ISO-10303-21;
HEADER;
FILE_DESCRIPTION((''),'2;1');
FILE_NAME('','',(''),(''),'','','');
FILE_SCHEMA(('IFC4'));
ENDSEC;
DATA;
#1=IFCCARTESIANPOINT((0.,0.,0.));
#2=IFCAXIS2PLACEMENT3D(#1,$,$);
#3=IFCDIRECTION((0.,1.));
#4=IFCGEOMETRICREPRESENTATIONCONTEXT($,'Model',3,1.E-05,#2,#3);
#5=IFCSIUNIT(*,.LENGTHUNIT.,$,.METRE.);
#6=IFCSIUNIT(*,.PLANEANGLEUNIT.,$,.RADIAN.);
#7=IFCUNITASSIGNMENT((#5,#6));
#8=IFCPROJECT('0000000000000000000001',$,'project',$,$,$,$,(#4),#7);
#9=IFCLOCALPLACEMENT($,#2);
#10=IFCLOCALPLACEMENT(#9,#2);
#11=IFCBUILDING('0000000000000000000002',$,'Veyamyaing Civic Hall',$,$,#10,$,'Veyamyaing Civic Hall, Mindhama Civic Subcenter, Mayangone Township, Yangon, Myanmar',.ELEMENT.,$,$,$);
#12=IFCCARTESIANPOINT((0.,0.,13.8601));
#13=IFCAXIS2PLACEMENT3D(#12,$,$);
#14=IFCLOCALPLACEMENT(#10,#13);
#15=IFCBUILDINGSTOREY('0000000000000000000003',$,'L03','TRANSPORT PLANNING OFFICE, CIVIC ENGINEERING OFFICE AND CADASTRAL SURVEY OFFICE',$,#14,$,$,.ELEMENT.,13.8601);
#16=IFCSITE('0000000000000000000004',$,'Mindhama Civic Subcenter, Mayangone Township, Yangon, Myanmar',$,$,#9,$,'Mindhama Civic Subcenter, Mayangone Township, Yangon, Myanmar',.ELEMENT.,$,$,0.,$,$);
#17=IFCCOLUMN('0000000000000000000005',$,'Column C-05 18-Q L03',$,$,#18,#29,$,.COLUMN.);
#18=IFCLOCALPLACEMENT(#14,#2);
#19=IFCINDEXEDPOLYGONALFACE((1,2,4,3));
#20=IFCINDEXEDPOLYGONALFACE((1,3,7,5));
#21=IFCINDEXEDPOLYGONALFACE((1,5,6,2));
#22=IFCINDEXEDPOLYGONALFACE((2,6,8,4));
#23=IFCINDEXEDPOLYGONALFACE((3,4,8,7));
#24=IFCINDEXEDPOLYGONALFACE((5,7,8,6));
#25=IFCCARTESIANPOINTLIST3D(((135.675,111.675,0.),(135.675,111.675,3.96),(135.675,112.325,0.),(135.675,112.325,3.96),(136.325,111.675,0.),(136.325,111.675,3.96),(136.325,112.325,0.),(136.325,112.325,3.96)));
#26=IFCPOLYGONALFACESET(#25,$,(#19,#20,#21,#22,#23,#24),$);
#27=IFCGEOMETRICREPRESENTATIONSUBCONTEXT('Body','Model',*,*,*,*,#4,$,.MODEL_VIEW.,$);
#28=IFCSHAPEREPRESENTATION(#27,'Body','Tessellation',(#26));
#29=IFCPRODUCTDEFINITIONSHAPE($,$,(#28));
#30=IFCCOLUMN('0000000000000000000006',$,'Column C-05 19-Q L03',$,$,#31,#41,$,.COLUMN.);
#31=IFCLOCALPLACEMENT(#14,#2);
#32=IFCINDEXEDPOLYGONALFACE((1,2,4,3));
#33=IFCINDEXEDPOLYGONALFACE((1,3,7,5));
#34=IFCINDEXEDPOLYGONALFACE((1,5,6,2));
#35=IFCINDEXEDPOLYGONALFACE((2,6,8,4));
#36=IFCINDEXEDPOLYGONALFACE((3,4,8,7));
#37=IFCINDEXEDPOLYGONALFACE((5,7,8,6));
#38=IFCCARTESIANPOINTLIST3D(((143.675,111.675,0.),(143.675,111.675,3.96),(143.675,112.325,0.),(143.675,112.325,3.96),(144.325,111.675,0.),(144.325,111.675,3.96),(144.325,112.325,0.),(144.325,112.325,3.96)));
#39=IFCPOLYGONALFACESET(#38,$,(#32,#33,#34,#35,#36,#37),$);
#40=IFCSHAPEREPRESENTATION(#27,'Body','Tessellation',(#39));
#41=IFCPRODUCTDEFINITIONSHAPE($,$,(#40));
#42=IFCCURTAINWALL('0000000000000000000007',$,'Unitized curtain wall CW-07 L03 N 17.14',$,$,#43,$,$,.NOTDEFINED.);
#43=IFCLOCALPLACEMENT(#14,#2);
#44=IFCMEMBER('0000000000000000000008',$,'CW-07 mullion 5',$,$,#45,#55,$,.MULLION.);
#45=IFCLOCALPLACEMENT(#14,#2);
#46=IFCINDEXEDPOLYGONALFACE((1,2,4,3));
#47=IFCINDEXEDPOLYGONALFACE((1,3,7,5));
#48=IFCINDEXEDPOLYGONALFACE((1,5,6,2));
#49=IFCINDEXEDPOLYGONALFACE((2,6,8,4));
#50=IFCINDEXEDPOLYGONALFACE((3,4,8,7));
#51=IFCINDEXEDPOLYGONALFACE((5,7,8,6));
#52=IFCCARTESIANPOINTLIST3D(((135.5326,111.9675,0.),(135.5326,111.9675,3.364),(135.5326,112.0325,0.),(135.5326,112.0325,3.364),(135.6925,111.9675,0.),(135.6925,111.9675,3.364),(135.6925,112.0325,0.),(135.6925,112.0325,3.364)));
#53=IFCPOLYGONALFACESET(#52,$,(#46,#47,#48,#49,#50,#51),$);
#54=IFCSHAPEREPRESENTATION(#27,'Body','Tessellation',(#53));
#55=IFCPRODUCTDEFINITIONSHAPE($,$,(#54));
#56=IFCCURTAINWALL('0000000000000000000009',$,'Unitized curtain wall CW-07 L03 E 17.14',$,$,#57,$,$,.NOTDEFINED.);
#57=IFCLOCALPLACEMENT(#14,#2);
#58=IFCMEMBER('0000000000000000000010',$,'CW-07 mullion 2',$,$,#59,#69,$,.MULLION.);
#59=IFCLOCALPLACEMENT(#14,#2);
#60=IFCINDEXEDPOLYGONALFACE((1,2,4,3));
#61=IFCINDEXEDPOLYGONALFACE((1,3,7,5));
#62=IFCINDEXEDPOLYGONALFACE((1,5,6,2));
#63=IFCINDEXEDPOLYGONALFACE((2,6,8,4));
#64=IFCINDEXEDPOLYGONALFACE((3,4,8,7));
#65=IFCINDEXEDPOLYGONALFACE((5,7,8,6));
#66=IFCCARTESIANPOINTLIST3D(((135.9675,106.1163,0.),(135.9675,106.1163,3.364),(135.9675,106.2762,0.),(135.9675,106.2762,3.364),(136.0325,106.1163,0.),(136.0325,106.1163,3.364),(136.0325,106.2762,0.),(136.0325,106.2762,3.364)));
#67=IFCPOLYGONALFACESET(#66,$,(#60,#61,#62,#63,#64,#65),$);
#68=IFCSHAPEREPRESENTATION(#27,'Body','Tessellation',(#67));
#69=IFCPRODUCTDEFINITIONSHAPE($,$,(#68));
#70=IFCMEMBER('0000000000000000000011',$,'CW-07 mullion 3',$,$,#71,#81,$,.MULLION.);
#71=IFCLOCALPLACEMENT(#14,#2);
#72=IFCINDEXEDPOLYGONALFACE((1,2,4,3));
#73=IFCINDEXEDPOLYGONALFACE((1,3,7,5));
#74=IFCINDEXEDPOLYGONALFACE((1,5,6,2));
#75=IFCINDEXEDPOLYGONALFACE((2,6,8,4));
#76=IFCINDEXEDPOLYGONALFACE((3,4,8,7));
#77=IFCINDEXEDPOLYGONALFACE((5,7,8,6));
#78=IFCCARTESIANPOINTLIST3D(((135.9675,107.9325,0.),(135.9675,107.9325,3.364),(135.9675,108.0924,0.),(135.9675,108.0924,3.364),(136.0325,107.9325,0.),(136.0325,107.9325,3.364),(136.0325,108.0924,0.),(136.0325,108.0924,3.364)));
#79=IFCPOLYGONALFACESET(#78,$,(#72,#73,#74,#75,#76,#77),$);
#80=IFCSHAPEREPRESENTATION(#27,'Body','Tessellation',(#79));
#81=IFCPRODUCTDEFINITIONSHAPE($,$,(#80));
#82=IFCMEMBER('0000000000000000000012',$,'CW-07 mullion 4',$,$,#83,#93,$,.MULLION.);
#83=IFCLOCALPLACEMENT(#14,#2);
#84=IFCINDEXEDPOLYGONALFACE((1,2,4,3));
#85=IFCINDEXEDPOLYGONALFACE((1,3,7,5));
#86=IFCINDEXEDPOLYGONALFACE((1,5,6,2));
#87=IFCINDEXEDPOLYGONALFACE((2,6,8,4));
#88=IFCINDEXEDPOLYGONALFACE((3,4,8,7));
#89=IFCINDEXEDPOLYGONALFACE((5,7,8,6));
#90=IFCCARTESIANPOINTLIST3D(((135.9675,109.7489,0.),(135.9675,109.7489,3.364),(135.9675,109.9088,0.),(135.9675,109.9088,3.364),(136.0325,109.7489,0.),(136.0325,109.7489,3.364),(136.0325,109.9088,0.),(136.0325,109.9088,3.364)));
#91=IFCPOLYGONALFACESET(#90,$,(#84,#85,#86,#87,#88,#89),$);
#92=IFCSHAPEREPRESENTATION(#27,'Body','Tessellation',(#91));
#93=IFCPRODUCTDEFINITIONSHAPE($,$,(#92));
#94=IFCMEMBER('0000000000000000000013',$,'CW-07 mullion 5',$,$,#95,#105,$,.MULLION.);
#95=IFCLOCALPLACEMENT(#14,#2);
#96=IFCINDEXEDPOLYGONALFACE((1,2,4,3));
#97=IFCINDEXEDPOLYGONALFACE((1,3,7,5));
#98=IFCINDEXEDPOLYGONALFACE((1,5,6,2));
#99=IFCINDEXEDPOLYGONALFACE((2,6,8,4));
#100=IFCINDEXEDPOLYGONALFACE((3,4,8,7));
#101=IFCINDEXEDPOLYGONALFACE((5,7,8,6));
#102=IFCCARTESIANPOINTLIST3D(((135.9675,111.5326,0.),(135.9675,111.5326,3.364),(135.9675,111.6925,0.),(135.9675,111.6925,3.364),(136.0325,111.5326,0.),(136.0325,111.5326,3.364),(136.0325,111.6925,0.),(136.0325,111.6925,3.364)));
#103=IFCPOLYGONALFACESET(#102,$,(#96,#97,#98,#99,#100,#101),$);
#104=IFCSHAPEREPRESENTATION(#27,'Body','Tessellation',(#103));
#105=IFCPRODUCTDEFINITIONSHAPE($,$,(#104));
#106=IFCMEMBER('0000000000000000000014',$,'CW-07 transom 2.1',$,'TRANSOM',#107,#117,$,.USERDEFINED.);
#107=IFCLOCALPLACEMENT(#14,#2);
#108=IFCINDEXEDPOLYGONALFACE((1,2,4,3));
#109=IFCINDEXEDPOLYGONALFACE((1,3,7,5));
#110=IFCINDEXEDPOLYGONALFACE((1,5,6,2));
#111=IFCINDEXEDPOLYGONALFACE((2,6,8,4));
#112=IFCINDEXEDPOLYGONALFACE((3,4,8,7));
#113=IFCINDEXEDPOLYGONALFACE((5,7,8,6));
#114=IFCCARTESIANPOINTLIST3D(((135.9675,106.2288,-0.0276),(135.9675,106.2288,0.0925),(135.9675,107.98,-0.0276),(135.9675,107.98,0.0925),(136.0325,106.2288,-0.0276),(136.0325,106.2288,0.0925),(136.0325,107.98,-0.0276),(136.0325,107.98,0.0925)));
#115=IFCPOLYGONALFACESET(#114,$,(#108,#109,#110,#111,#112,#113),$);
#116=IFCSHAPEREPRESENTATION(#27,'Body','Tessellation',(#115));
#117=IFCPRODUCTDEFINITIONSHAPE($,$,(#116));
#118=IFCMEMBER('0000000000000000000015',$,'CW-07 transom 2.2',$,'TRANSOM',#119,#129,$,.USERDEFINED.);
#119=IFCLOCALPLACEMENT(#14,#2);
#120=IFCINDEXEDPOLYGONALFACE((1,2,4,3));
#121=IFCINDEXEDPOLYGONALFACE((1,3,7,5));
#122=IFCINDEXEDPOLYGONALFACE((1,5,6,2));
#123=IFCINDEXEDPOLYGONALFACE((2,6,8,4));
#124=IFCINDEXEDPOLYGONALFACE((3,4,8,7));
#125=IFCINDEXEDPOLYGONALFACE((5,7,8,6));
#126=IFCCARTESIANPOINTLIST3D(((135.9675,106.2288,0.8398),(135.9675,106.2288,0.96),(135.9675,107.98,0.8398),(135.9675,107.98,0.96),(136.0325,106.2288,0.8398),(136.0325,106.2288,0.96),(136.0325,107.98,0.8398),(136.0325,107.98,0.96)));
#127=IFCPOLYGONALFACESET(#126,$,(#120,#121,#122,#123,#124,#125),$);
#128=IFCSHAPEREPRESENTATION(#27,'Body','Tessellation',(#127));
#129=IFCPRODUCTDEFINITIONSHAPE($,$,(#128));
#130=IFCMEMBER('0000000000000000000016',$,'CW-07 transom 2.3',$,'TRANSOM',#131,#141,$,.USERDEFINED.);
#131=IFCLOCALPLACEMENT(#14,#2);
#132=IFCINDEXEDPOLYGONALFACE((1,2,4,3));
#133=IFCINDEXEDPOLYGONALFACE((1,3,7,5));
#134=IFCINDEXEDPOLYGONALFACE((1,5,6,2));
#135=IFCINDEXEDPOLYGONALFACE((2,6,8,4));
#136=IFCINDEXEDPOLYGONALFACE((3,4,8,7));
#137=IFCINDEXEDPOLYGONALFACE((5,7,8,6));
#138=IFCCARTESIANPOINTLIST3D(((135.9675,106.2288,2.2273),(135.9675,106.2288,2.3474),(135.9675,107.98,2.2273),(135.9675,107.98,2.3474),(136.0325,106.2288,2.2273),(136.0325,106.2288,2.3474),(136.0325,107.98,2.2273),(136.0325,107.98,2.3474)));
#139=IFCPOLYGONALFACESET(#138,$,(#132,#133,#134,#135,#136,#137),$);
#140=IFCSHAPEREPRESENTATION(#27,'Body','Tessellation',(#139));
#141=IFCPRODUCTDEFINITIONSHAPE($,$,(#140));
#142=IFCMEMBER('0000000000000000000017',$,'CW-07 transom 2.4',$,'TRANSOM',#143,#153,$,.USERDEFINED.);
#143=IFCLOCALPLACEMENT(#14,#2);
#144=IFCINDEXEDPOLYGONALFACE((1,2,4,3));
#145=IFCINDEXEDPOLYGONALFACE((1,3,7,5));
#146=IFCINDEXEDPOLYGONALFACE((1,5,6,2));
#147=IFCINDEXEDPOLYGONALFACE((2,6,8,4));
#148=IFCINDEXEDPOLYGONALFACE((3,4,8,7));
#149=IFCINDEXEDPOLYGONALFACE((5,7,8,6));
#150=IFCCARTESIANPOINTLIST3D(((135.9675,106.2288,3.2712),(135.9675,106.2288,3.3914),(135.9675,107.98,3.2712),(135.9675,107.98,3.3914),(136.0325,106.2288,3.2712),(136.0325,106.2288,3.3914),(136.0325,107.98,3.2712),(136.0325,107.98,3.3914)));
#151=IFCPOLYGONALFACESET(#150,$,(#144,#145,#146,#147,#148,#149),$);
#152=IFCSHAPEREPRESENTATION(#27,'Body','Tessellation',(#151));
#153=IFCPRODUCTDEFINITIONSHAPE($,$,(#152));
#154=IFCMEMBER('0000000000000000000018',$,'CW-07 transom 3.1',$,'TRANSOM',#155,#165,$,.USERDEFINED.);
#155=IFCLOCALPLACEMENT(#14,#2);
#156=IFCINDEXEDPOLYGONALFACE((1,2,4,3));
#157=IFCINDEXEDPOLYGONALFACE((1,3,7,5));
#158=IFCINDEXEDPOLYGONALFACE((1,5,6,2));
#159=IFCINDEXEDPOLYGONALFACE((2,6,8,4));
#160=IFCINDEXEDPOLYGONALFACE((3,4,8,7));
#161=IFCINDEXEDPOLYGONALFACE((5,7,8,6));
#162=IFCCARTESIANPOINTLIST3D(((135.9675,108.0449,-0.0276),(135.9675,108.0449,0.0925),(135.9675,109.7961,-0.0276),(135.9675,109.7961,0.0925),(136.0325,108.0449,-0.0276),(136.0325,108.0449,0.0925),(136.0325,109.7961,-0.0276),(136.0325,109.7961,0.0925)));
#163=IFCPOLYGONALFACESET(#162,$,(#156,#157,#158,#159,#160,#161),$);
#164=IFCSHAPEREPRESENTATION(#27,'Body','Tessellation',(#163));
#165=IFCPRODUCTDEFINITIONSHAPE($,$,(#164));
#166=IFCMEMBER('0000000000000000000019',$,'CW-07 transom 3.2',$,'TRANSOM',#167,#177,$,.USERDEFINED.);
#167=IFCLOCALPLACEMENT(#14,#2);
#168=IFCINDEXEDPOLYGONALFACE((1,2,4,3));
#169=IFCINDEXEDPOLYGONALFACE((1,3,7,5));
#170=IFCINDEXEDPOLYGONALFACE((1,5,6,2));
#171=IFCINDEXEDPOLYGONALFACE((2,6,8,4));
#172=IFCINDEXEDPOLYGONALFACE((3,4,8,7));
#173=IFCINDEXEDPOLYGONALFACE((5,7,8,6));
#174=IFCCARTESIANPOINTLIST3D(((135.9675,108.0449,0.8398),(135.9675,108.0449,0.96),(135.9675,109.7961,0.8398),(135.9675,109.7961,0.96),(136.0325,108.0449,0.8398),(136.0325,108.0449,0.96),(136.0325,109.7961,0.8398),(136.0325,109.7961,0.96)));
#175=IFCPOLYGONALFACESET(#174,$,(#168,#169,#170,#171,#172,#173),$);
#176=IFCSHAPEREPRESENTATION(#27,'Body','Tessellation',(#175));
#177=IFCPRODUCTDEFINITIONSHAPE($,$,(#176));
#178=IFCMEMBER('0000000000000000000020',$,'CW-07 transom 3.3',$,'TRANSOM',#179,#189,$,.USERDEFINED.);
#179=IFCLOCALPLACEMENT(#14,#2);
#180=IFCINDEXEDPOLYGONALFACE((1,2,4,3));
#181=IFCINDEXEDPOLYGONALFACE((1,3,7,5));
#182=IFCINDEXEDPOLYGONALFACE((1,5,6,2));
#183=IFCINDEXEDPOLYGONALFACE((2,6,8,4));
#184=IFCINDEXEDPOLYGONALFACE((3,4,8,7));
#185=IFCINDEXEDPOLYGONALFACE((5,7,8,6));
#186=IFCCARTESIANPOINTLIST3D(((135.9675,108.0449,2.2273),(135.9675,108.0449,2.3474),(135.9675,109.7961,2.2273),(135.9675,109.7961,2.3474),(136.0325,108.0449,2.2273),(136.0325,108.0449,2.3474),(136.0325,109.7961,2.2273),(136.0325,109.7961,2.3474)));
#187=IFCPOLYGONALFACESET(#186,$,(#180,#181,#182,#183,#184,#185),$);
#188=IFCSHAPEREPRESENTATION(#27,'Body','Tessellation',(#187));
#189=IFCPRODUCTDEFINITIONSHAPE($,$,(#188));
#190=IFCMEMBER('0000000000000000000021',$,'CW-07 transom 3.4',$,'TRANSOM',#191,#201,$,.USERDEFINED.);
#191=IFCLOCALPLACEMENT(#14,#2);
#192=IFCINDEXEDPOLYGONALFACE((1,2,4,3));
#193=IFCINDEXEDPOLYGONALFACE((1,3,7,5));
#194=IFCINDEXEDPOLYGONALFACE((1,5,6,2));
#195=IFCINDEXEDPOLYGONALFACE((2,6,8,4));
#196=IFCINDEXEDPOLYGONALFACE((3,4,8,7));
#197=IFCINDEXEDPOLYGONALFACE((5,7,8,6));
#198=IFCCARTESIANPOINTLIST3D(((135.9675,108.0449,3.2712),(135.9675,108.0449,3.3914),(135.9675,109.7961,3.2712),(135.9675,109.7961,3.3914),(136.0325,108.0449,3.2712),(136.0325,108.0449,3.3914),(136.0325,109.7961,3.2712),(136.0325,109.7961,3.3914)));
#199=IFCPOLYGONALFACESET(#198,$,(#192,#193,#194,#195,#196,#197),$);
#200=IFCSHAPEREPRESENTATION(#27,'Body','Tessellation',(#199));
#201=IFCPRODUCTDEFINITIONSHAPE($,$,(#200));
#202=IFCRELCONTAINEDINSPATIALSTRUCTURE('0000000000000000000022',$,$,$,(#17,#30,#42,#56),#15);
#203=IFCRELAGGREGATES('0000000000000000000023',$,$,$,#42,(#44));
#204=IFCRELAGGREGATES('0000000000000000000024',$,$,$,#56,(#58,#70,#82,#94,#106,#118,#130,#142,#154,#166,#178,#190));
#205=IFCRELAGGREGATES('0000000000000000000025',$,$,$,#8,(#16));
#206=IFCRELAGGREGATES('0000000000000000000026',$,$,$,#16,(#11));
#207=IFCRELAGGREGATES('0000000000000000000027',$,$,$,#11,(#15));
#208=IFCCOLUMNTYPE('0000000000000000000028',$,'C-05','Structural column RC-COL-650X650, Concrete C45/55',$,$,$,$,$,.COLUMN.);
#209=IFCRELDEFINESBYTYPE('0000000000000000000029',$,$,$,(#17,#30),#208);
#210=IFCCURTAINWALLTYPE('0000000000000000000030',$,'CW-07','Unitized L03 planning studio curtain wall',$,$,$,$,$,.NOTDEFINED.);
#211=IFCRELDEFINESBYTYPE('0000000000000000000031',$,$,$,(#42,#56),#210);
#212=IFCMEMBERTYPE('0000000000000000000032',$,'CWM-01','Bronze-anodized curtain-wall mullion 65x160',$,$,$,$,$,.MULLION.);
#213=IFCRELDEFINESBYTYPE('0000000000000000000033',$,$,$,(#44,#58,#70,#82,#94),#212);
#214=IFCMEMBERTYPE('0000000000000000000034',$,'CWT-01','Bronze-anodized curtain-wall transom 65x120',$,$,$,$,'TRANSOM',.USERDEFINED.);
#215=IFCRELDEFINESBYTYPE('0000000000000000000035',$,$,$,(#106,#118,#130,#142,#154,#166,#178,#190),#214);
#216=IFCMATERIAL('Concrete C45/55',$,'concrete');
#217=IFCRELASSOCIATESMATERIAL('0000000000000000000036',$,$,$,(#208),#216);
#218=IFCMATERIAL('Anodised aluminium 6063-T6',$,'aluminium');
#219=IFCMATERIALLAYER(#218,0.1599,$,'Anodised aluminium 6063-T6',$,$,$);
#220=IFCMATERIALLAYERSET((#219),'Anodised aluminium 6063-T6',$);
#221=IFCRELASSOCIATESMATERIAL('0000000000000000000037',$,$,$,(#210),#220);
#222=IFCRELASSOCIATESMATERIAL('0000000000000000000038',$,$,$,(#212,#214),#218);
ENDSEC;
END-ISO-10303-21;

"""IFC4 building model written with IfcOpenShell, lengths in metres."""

from ifc_helpers import new_model, si_unit, direction, frame, origin, origin_2d, place, context, subcontext, project, spatial, rectangle, extrude, material, layer, layer_set, material_profile, profile_set, type_object, element, aggregate, save


model = new_model("IFC4")

# Units and contexts
model_context = context("Model", 3, precision=1e-05, world=origin(), true_north=direction((0.0, 1.0)))
body_context = subcontext(model_context, "Body", "Model", "MODEL_VIEW")
ifc_project = project(units=[si_unit("LENGTHUNIT", "METRE"), si_unit("PLANEANGLEUNIT", "RADIAN")], contexts=[model_context])

# Site, building, storey
site_placement = place(None, origin())
site = spatial("IfcSite", under=ifc_project, at=site_placement, Name="Mindhama Civic Subcenter, Mayangone Township, Yangon, Myanmar", LongName="Mindhama Civic Subcenter, Mayangone Township, Yangon, Myanmar", CompositionType="ELEMENT", RefElevation=0.0)
building_placement = place(site_placement, origin())
building = spatial("IfcBuilding", under=site, at=building_placement, Name="Veyamyaing Civic Hall", LongName="Veyamyaing Civic Hall, Mindhama Civic Subcenter, Mayangone Township, Yangon, Myanmar", CompositionType="ELEMENT")
storey_placement = place(building_placement, frame((0.0, 0.0, 13.8601)))
storey = spatial("IfcBuildingStorey", under=building, at=storey_placement, Name="L03", Description="TRANSPORT PLANNING OFFICE, CIVIC ENGINEERING OFFICE AND CADASTRAL SURVEY OFFICE", CompositionType="ELEMENT", Elevation=13.8601)

# Columns
ifc_material_1 = material(Name="Concrete C45/55", Category="concrete")
ifc_material_profile_1 = material_profile(ifc_material_1, rectangle(XDim=0.6499, YDim=0.6499, at=origin_2d()), Name="RC-COL-650X650")
ifc_profile_set_1 = profile_set([ifc_material_profile_1], Name="Concrete C45/55")
column_type = type_object("IfcColumnType", Name="C-05", Description="Structural column RC-COL-650X650, Concrete C45/55", PredefinedType="COLUMN", material=ifc_profile_set_1)
for number, where, z_axis, x_axis, name in (
    (1, (136.0, 112.0, 0.0), (0.0, 0.0, 1.0), (1.0, 0.0, 0.0), "Column C-05 18-Q L03"),
    (2, (144.0, 112.0, 0.0), (0.0, 0.0, 1.0), (1.0, 0.0, 0.0), "Column C-05 19-Q L03"),
):
    element("IfcColumn", number, at=place(storey_placement, frame(where, z_axis=z_axis, x_axis=x_axis)), inside=storey, type_object=column_type, Name=name, PredefinedType="COLUMN", context=body_context, shape_type="SweptSolid", body=[
        extrude(rectangle(XDim=0.6499, YDim=0.6499, at=origin_2d()), origin(), (0.0, 0.0, 1.0), 3.96),
    ])

# Curtain wall, member
ifc_material_2 = material(Name="Anodised aluminium 6063-T6", Category="aluminium")
ifc_layer_1 = layer(ifc_material_2, 0.1599, Name="Anodised aluminium 6063-T6")
ifc_layer_set_1 = layer_set([ifc_layer_1], Name="Anodised aluminium 6063-T6")
curtain_wall_type = type_object("IfcCurtainWallType", Name="CW-07", Description="Unitized L03 planning studio curtain wall", PredefinedType="NOTDEFINED", material=ifc_layer_set_1)
curtain_wall_1_placement = place(storey_placement, origin())
curtain_wall_1 = element("IfcCurtainWall", 3, at=curtain_wall_1_placement, inside=storey, type_object=curtain_wall_type, Name="Unitized curtain wall CW-07 L03 N 17.14", PredefinedType="NOTDEFINED")
ifc_material_profile_2 = material_profile(ifc_material_2, rectangle(XDim=0.0649, YDim=0.1599, at=origin_2d()), Name="ALU-MUL-65X160")
ifc_profile_set_2 = profile_set([ifc_material_profile_2], Name="Anodised aluminium 6063-T6")
member_type_1 = type_object("IfcMemberType", Name="CWM-01", Description="Bronze-anodized curtain-wall mullion 65x160", PredefinedType="MULLION", material=ifc_profile_set_2)
member_1_placement = place(storey_placement, frame((135.6125, 112.0, 0.0), z_axis=(0.0, 0.0, 1.0), x_axis=(0.0, 1.0, 0.0)))
member_1 = element("IfcMember", 4, at=member_1_placement, type_object=member_type_1, Name="CW-07 mullion 5", PredefinedType="MULLION", context=body_context, shape_type="SweptSolid", body=[
    extrude(rectangle(XDim=0.0649, YDim=0.1599, at=origin_2d()), origin(), (0.0, 0.0, 1.0), 3.364),
])

# Curtain wall, members
curtain_wall_2_placement = place(storey_placement, origin())
curtain_wall_2 = element("IfcCurtainWall", 5, at=curtain_wall_2_placement, inside=storey, type_object=curtain_wall_type, Name="Unitized curtain wall CW-07 L03 E 17.14", PredefinedType="NOTDEFINED")
member_2_placement = place(storey_placement, frame((136.0, 106.1963, 0.0), z_axis=(0.0, 0.0, 1.0), x_axis=(-1.0, 0.0, 0.0)))
member_2 = element("IfcMember", 6, at=member_2_placement, type_object=member_type_1, Name="CW-07 mullion 2", PredefinedType="MULLION", context=body_context, shape_type="SweptSolid", body=[
    extrude(rectangle(XDim=0.0649, YDim=0.1599, at=origin_2d()), origin(), (0.0, 0.0, 1.0), 3.364),
])
member_3_placement = place(storey_placement, frame((136.0, 108.0125, 0.0), z_axis=(0.0, 0.0, 1.0), x_axis=(-1.0, 0.0, 0.0)))
member_3 = element("IfcMember", 7, at=member_3_placement, type_object=member_type_1, Name="CW-07 mullion 3", PredefinedType="MULLION", context=body_context, shape_type="SweptSolid", body=[
    extrude(rectangle(XDim=0.0649, YDim=0.1599, at=origin_2d()), origin(), (0.0, 0.0, 1.0), 3.364),
])
member_4_placement = place(storey_placement, frame((136.0, 109.8289, 0.0), z_axis=(0.0, 0.0, 1.0), x_axis=(-1.0, 0.0, 0.0)))
member_4 = element("IfcMember", 8, at=member_4_placement, type_object=member_type_1, Name="CW-07 mullion 4", PredefinedType="MULLION", context=body_context, shape_type="SweptSolid", body=[
    extrude(rectangle(XDim=0.0649, YDim=0.1599, at=origin_2d()), origin(), (0.0, 0.0, 1.0), 3.364),
])
member_5_placement = place(storey_placement, frame((136.0, 111.6125, 0.0), z_axis=(0.0, 0.0, 1.0), x_axis=(-1.0, 0.0, 0.0)))
member_5 = element("IfcMember", 9, at=member_5_placement, type_object=member_type_1, Name="CW-07 mullion 5", PredefinedType="MULLION", context=body_context, shape_type="SweptSolid", body=[
    extrude(rectangle(XDim=0.0649, YDim=0.1599, at=origin_2d()), origin(), (0.0, 0.0, 1.0), 3.364),
])
ifc_material_profile_3 = material_profile(ifc_material_2, rectangle(XDim=0.0649, YDim=0.1201, at=origin_2d()), Name="ALU-TRN-65X120")
ifc_profile_set_3 = profile_set([ifc_material_profile_3], Name="Anodised aluminium 6063-T6")
member_type_2 = type_object("IfcMemberType", Name="CWT-01", Description="Bronze-anodized curtain-wall transom 65x120", ElementType="TRANSOM", PredefinedType="USERDEFINED", material=ifc_profile_set_3)
member_6_placement = place(storey_placement, frame((136.0, 106.2288, 0.0325), z_axis=(0.0, 1.0, 0.0), x_axis=(-1.0, 0.0, 0.0)))
member_6 = element("IfcMember", 10, at=member_6_placement, type_object=member_type_2, Name="CW-07 transom 2.1", ObjectType="TRANSOM", PredefinedType="USERDEFINED", context=body_context, shape_type="SweptSolid", body=[
    extrude(rectangle(XDim=0.0649, YDim=0.1201, at=origin_2d()), origin(), (0.0, 0.0, 1.0), 1.7512),
])
member_7_placement = place(storey_placement, frame((136.0, 106.2288, 0.8999), z_axis=(0.0, 1.0, 0.0), x_axis=(-1.0, 0.0, 0.0)))
member_7 = element("IfcMember", 11, at=member_7_placement, type_object=member_type_2, Name="CW-07 transom 2.2", ObjectType="TRANSOM", PredefinedType="USERDEFINED", context=body_context, shape_type="SweptSolid", body=[
    extrude(rectangle(XDim=0.0649, YDim=0.1201, at=origin_2d()), origin(), (0.0, 0.0, 1.0), 1.7512),
])
member_8_placement = place(storey_placement, frame((136.0, 106.2288, 2.2874), z_axis=(0.0, 1.0, 0.0), x_axis=(-1.0, 0.0, 0.0)))
member_8 = element("IfcMember", 12, at=member_8_placement, type_object=member_type_2, Name="CW-07 transom 2.3", ObjectType="TRANSOM", PredefinedType="USERDEFINED", context=body_context, shape_type="SweptSolid", body=[
    extrude(rectangle(XDim=0.0649, YDim=0.1201, at=origin_2d()), origin(), (0.0, 0.0, 1.0), 1.7512),
])
member_9_placement = place(storey_placement, frame((136.0, 106.2288, 3.3313), z_axis=(0.0, 1.0, 0.0), x_axis=(-1.0, 0.0, 0.0)))
member_9 = element("IfcMember", 13, at=member_9_placement, type_object=member_type_2, Name="CW-07 transom 2.4", ObjectType="TRANSOM", PredefinedType="USERDEFINED", context=body_context, shape_type="SweptSolid", body=[
    extrude(rectangle(XDim=0.0649, YDim=0.1201, at=origin_2d()), origin(), (0.0, 0.0, 1.0), 1.7512),
])
member_10_placement = place(storey_placement, frame((136.0, 108.0449, 0.0325), z_axis=(0.0, 1.0, 0.0), x_axis=(-1.0, 0.0, 0.0)))
member_10 = element("IfcMember", 14, at=member_10_placement, type_object=member_type_2, Name="CW-07 transom 3.1", ObjectType="TRANSOM", PredefinedType="USERDEFINED", context=body_context, shape_type="SweptSolid", body=[
    extrude(rectangle(XDim=0.0649, YDim=0.1201, at=origin_2d()), origin(), (0.0, 0.0, 1.0), 1.7512),
])
member_11_placement = place(storey_placement, frame((136.0, 108.0449, 0.8999), z_axis=(0.0, 1.0, 0.0), x_axis=(-1.0, 0.0, 0.0)))
member_11 = element("IfcMember", 15, at=member_11_placement, type_object=member_type_2, Name="CW-07 transom 3.2", ObjectType="TRANSOM", PredefinedType="USERDEFINED", context=body_context, shape_type="SweptSolid", body=[
    extrude(rectangle(XDim=0.0649, YDim=0.1201, at=origin_2d()), origin(), (0.0, 0.0, 1.0), 1.7512),
])
member_12_placement = place(storey_placement, frame((136.0, 108.0449, 2.2874), z_axis=(0.0, 1.0, 0.0), x_axis=(-1.0, 0.0, 0.0)))
member_12 = element("IfcMember", 16, at=member_12_placement, type_object=member_type_2, Name="CW-07 transom 3.3", ObjectType="TRANSOM", PredefinedType="USERDEFINED", context=body_context, shape_type="SweptSolid", body=[
    extrude(rectangle(XDim=0.0649, YDim=0.1201, at=origin_2d()), origin(), (0.0, 0.0, 1.0), 1.7512),
])
member_13_placement = place(storey_placement, frame((136.0, 108.0449, 3.3313), z_axis=(0.0, 1.0, 0.0), x_axis=(-1.0, 0.0, 0.0)))
member_13 = element("IfcMember", 17, at=member_13_placement, type_object=member_type_2, Name="CW-07 transom 3.4", ObjectType="TRANSOM", PredefinedType="USERDEFINED", context=body_context, shape_type="SweptSolid", body=[
    extrude(rectangle(XDim=0.0649, YDim=0.1201, at=origin_2d()), origin(), (0.0, 0.0, 1.0), 1.7512),
])

aggregate(curtain_wall_1, [member_1])
aggregate(curtain_wall_2, [member_2, member_3, member_4, member_5, member_6, member_7, member_8, member_9, member_10, member_11, member_12, member_13])

save(model, "model.ifc")
